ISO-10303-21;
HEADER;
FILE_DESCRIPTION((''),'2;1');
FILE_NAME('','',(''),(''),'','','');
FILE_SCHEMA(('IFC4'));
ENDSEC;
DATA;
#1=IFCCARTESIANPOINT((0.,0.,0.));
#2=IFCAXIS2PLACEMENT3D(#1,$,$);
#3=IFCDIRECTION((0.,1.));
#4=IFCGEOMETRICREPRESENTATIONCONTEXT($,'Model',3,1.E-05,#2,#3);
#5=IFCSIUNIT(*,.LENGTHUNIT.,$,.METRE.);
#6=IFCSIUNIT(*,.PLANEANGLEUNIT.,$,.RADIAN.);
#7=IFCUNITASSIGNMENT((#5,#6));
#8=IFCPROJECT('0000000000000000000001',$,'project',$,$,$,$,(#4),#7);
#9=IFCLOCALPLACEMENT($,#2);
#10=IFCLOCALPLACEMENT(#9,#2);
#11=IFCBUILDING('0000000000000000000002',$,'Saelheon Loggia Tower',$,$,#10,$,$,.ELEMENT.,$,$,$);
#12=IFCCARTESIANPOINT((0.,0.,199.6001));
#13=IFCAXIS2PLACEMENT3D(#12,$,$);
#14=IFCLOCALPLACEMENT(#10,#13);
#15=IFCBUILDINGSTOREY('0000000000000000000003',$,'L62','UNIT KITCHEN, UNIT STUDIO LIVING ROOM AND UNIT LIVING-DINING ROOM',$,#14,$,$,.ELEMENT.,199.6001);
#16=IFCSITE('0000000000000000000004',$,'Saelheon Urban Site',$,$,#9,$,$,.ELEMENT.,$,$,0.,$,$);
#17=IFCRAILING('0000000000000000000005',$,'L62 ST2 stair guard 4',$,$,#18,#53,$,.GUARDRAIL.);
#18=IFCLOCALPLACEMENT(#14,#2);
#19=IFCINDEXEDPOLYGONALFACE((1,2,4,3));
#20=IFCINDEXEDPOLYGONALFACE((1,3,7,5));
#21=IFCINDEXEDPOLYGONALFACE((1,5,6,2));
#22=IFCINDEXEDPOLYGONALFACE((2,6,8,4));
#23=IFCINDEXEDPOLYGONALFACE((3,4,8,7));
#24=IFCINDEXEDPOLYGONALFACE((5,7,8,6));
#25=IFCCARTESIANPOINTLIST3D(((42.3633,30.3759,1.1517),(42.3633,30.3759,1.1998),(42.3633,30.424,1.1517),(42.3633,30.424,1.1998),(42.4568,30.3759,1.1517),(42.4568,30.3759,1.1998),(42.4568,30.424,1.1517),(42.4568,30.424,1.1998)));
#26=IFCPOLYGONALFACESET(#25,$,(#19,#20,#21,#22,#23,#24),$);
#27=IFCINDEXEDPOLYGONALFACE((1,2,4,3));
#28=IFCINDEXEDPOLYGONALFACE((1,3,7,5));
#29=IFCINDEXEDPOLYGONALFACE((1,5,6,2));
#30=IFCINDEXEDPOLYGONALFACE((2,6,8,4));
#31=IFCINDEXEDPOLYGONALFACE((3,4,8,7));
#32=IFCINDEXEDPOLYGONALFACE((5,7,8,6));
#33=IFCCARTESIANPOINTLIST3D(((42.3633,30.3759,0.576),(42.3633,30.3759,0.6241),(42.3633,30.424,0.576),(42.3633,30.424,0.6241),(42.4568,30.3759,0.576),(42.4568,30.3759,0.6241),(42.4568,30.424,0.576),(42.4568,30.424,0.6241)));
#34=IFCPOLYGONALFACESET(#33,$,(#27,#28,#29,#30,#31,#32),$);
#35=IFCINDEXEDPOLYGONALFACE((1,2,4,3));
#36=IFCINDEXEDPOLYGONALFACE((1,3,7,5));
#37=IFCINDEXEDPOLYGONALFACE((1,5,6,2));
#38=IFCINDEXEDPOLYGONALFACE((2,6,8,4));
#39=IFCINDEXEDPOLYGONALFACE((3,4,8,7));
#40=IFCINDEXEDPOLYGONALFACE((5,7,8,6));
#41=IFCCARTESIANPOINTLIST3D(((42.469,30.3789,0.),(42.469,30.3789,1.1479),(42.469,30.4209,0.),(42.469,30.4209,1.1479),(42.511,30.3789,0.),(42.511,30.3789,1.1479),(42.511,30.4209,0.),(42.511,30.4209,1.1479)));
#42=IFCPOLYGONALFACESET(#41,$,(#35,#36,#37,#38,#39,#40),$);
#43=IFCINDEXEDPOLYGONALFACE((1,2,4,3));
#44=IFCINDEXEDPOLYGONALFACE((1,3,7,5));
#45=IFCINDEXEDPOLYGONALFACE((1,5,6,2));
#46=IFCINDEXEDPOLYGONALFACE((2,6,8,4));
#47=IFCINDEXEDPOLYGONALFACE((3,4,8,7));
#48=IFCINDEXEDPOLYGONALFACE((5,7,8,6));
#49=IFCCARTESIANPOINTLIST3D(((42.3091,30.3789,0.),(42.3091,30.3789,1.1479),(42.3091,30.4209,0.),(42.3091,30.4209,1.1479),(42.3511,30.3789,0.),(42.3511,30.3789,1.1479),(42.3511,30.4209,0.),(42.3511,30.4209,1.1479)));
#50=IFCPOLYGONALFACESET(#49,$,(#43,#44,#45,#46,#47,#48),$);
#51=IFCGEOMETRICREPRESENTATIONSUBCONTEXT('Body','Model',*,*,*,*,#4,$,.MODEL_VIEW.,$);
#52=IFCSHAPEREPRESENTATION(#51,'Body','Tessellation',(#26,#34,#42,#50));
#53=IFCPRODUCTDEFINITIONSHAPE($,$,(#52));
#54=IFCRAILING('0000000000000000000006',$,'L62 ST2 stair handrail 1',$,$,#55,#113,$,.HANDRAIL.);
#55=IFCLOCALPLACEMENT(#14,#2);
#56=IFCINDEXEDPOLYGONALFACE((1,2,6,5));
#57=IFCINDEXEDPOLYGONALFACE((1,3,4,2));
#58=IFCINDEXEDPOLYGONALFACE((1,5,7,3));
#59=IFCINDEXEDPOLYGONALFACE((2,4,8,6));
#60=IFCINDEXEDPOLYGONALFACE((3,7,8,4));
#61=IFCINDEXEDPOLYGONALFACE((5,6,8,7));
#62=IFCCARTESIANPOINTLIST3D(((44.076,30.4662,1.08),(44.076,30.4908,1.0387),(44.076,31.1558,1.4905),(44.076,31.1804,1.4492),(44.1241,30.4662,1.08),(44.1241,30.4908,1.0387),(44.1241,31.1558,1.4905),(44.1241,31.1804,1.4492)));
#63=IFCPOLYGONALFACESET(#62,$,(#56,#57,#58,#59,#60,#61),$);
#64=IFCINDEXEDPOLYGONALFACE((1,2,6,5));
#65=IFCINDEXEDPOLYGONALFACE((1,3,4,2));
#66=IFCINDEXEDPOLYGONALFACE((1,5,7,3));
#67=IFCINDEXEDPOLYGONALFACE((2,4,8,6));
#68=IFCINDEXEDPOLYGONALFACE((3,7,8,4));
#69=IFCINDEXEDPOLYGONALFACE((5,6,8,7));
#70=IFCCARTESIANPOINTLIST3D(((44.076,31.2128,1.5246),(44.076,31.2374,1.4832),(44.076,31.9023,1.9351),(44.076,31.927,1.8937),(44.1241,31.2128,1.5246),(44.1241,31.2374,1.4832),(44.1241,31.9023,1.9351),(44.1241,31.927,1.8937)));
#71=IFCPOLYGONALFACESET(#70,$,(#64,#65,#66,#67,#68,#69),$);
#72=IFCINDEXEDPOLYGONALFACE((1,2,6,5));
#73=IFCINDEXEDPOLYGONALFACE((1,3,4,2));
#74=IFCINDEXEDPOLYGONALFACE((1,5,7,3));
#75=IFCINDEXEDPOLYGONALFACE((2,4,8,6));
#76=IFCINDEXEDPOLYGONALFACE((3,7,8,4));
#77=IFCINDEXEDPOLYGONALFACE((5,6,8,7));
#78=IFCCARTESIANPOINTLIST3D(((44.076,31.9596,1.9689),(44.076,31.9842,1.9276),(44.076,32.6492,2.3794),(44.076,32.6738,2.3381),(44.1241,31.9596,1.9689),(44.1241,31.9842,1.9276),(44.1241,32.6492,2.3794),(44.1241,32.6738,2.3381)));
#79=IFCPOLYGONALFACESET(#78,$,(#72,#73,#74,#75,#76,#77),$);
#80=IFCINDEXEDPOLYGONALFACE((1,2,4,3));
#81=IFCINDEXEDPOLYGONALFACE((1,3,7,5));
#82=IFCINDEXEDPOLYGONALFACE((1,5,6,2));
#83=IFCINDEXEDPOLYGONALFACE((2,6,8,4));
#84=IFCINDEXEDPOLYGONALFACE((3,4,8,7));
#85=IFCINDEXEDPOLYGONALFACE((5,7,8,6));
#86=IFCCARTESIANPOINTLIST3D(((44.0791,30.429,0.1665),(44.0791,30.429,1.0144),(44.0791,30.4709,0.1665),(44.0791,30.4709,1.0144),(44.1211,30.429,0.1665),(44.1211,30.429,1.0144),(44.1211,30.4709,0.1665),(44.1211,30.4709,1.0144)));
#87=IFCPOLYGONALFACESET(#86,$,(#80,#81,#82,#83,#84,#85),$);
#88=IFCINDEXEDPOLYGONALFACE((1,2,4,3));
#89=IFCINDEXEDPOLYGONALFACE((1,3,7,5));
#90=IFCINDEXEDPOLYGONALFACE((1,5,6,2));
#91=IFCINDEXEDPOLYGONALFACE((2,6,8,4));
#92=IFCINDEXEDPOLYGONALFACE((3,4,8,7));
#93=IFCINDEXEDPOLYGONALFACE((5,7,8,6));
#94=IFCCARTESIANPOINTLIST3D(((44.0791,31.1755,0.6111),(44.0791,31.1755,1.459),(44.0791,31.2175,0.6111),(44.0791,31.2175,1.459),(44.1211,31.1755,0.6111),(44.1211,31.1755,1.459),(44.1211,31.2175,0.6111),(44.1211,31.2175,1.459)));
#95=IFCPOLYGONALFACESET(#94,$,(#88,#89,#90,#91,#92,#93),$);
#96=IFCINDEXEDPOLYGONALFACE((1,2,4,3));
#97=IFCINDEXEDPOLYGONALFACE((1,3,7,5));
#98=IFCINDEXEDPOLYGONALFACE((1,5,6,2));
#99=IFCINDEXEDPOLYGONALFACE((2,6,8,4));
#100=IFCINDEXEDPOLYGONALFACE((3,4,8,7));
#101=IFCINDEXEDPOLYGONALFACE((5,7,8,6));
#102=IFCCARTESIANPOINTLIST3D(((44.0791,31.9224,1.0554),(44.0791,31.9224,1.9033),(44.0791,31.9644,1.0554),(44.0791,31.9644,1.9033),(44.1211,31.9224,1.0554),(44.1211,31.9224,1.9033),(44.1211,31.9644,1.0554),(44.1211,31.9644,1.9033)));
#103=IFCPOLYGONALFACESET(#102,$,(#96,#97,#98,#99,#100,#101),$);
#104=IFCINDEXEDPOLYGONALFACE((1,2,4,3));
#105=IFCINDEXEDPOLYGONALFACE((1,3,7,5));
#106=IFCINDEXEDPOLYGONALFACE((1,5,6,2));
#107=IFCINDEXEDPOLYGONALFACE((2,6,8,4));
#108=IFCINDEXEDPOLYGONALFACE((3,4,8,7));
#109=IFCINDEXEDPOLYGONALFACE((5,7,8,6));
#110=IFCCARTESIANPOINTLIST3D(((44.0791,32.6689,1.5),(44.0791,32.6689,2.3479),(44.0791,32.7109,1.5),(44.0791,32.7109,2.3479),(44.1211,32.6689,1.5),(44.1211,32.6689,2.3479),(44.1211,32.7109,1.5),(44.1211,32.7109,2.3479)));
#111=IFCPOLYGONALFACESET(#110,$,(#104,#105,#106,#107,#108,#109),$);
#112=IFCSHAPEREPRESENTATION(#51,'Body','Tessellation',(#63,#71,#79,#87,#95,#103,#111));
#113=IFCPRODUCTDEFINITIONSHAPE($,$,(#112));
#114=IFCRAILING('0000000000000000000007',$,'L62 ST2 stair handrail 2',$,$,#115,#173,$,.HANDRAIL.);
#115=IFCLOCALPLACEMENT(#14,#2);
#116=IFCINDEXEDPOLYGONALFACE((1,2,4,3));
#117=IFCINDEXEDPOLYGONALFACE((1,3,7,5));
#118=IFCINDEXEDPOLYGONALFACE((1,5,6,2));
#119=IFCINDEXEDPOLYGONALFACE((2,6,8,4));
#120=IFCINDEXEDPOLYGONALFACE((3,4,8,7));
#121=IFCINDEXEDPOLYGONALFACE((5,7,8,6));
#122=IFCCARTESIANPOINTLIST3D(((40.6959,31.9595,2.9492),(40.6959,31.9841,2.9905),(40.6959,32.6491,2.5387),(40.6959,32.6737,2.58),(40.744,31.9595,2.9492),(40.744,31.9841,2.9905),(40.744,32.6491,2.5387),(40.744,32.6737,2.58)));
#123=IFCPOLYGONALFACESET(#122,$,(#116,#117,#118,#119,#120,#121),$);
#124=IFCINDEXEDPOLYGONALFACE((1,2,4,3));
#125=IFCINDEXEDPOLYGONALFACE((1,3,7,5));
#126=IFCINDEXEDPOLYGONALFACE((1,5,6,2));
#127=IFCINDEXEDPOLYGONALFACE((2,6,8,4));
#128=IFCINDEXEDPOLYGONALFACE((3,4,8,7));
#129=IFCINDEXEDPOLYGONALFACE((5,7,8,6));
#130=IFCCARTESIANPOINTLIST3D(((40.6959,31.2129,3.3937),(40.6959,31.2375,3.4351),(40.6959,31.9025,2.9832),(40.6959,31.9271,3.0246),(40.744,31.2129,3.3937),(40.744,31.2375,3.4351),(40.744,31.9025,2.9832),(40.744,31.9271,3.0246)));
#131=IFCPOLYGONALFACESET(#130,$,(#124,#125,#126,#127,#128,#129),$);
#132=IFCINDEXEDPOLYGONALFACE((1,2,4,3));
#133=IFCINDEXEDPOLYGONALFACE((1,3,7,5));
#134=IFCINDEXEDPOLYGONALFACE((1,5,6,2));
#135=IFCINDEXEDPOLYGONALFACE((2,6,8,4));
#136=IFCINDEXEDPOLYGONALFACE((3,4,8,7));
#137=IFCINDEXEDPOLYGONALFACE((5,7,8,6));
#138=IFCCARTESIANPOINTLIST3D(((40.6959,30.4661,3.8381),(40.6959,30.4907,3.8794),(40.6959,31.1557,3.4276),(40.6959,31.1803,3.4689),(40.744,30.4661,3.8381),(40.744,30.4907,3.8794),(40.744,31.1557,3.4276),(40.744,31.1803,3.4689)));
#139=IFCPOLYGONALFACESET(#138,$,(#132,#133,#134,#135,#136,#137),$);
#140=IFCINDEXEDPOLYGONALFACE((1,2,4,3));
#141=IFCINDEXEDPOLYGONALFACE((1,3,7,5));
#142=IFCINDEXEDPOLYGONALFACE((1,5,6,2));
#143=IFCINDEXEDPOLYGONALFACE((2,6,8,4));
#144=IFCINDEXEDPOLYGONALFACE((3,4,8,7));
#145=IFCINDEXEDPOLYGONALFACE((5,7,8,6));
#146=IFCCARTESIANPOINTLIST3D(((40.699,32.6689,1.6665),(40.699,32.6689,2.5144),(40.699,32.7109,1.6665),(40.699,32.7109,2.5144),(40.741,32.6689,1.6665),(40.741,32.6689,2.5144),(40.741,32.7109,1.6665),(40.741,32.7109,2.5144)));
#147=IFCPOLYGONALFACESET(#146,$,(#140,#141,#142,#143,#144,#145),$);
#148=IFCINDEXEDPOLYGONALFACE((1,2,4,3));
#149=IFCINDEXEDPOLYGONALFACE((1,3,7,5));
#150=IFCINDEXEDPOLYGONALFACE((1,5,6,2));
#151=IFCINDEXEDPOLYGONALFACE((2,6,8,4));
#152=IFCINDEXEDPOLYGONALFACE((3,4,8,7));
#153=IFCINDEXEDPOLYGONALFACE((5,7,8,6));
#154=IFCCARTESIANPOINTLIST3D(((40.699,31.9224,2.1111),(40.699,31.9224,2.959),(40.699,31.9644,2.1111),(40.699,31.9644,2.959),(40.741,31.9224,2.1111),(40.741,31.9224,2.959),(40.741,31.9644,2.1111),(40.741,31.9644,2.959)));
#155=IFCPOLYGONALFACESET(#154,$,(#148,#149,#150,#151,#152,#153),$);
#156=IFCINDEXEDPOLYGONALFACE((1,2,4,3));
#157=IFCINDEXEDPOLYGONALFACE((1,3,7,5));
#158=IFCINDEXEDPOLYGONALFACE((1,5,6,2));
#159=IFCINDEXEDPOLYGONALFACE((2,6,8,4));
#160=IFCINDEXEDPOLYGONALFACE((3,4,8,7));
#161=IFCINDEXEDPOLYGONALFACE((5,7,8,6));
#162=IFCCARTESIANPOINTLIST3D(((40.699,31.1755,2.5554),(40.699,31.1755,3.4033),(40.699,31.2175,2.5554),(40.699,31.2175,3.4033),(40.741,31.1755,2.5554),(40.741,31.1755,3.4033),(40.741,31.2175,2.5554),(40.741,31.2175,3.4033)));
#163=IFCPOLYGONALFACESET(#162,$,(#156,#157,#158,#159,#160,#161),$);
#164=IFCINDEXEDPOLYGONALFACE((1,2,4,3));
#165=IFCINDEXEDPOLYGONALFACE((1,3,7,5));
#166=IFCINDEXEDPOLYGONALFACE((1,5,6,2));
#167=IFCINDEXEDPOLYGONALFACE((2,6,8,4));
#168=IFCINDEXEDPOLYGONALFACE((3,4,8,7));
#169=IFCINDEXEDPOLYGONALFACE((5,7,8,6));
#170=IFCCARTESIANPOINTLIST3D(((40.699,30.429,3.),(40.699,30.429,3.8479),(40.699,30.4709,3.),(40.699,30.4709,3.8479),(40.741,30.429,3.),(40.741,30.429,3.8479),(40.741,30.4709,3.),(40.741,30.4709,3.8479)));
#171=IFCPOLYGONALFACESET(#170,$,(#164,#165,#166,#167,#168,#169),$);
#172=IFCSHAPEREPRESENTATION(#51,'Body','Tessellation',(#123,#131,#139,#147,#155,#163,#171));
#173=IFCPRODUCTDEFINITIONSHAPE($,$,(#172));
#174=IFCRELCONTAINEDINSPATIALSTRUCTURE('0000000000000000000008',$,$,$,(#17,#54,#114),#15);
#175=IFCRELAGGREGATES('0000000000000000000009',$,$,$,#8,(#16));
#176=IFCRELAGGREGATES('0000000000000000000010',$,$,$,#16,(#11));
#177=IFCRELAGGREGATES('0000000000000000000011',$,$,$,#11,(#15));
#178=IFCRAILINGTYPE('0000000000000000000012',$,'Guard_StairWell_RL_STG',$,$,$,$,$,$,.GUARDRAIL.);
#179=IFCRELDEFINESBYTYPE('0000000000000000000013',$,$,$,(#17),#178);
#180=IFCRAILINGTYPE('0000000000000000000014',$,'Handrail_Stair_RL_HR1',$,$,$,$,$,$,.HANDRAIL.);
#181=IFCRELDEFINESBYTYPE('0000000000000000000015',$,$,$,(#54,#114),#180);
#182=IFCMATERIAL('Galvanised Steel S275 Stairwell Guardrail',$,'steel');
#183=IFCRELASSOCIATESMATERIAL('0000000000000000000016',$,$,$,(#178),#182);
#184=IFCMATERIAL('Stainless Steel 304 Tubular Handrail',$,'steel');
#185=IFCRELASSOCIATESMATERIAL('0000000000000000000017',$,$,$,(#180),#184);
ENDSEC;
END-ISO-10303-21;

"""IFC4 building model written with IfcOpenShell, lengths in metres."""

from ifc_helpers import new_model, si_unit, direction, frame, origin, origin_2d, place, context, subcontext, project, spatial, rectangle, extrude, material, type_object, element, save


model = new_model("IFC4")

# Units and contexts
model_context = context("Model", 3, precision=1e-05, world=origin(), true_north=direction((0.0, 1.0)))
body_context = subcontext(model_context, "Body", "Model", "MODEL_VIEW")
ifc_project = project(units=[si_unit("LENGTHUNIT", "METRE"), si_unit("PLANEANGLEUNIT", "RADIAN")], contexts=[model_context])

# Site, building, storey
site_placement = place(None, origin())
site = spatial("IfcSite", under=ifc_project, at=site_placement, Name="Saelheon Urban Site", CompositionType="ELEMENT", RefElevation=0.0)
building_placement = place(site_placement, origin())
building = spatial("IfcBuilding", under=site, at=building_placement, Name="Saelheon Loggia Tower", CompositionType="ELEMENT")
storey_placement = place(building_placement, frame((0.0, 0.0, 199.6001)))
storey = spatial("IfcBuildingStorey", under=building, at=storey_placement, Name="L62", Description="UNIT KITCHEN, UNIT STUDIO LIVING ROOM AND UNIT LIVING-DINING ROOM", CompositionType="ELEMENT", Elevation=199.6001)

# Railings
ifc_material_1 = material(Name="Galvanised Steel S275 Stairwell Guardrail", Category="steel")
railing_type_1 = type_object("IfcRailingType", Name="Guard_StairWell_RL_STG", PredefinedType="GUARDRAIL", material=ifc_material_1)
railing_1_placement = place(storey_placement, frame((42.49, 30.3999, 0.0)))
element("IfcRailing", 1, at=railing_1_placement, inside=storey, type_object=railing_type_1, Name="L62 ST2 stair guard 4", PredefinedType="GUARDRAIL", context=body_context, shape_type="SweptSolid", body=[
    extrude(rectangle(XDim=0.0481, YDim=0.0481, at=origin_2d()), frame((-0.0332, 0.0, 1.1758), z_axis=(-1.0, 0.0, 0.0), x_axis=(0.0, -1.0, 0.0)), (0.0, 0.0, 1.0), 0.0935),
    extrude(rectangle(XDim=0.0481, YDim=0.0481, at=origin_2d()), frame((-0.0332, 0.0, 0.6001), z_axis=(-1.0, 0.0, 0.0), x_axis=(0.0, -1.0, 0.0)), (0.0, 0.0, 1.0), 0.0935),
    extrude(rectangle(XDim=0.042, YDim=0.042, at=origin_2d()), origin(), (0.0, 0.0, 1.0), 1.1479),
    extrude(rectangle(XDim=0.042, YDim=0.042, at=origin_2d()), frame((-0.1599, 0.0, 0.0)), (0.0, 0.0, 1.0), 1.1479),
])
ifc_material_2 = material(Name="Stainless Steel 304 Tubular Handrail", Category="steel")
railing_type_2 = type_object("IfcRailingType", Name="Handrail_Stair_RL_HR1", PredefinedType="HANDRAIL", material=ifc_material_2)
railing_2_placement = place(storey_placement, frame((44.1001, 30.45, 0.1665)))
element("IfcRailing", 2, at=railing_2_placement, inside=storey, type_object=railing_type_2, Name="L62 ST2 stair handrail 1", PredefinedType="HANDRAIL", context=body_context, shape_type="SweptSolid", body=[
    extrude(rectangle(XDim=0.0481, YDim=0.0481, at=origin_2d()), frame((0.0, 0.0286, 0.8928), z_axis=(0.0, 0.859264, 0.511532), x_axis=(-1.0, 0.0, 0.0)), (0.0, 0.0, 1.0), 0.8025),
    extrude(rectangle(XDim=0.0481, YDim=0.0481, at=origin_2d()), frame((0.0, 0.7751, 1.3374), z_axis=(0.0, 0.859264, 0.511532), x_axis=(-1.0, 0.0, 0.0)), (0.0, 0.0, 1.0), 0.8025),
    extrude(rectangle(XDim=0.0481, YDim=0.0481, at=origin_2d()), frame((0.0, 1.522, 1.7817), z_axis=(0.0, 0.859264, 0.511532), x_axis=(-1.0, 0.0, 0.0)), (0.0, 0.0, 1.0), 0.8025),
    extrude(rectangle(XDim=0.042, YDim=0.042, at=origin_2d()), origin(), (0.0, 0.0, 1.0), 0.8479),
    extrude(rectangle(XDim=0.042, YDim=0.042, at=origin_2d()), frame((0.0, 0.7466, 0.4446)), (0.0, 0.0, 1.0), 0.8479),
    extrude(rectangle(XDim=0.042, YDim=0.042, at=origin_2d()), frame((0.0, 1.4934, 0.8889)), (0.0, 0.0, 1.0), 0.8479),
    extrude(rectangle(XDim=0.042, YDim=0.042, at=origin_2d()), frame((0.0, 2.24, 1.3335)), (0.0, 0.0, 1.0), 0.8479),
])
railing_3_placement = place(storey_placement, frame((40.72, 32.6899, 1.6665)))
element("IfcRailing", 3, at=railing_3_placement, inside=storey, type_object=railing_type_2, Name="L62 ST2 stair handrail 2", PredefinedType="HANDRAIL", context=body_context, shape_type="SweptSolid", body=[
    extrude(rectangle(XDim=0.0481, YDim=0.0481, at=origin_2d()), frame((0.0, -0.0286, 0.8928), z_axis=(0.0, -0.859264, 0.511532), x_axis=(1.0, 0.0, 0.0)), (0.0, 0.0, 1.0), 0.8025),
    extrude(rectangle(XDim=0.0481, YDim=0.0481, at=origin_2d()), frame((0.0, -0.7751, 1.3374), z_axis=(0.0, -0.859264, 0.511532), x_axis=(1.0, 0.0, 0.0)), (0.0, 0.0, 1.0), 0.8025),
    extrude(rectangle(XDim=0.0481, YDim=0.0481, at=origin_2d()), frame((0.0, -1.522, 1.7817), z_axis=(0.0, -0.859264, 0.511532), x_axis=(1.0, 0.0, 0.0)), (0.0, 0.0, 1.0), 0.8025),
    extrude(rectangle(XDim=0.042, YDim=0.042, at=origin_2d()), origin(), (0.0, 0.0, 1.0), 0.8479),
    extrude(rectangle(XDim=0.042, YDim=0.042, at=origin_2d()), frame((0.0, -0.7466, 0.4446)), (0.0, 0.0, 1.0), 0.8479),
    extrude(rectangle(XDim=0.042, YDim=0.042, at=origin_2d()), frame((0.0, -1.4934, 0.8889)), (0.0, 0.0, 1.0), 0.8479),
    extrude(rectangle(XDim=0.042, YDim=0.042, at=origin_2d()), frame((0.0, -2.24, 1.3335)), (0.0, 0.0, 1.0), 0.8479),
])

save(model, "model.ifc")
